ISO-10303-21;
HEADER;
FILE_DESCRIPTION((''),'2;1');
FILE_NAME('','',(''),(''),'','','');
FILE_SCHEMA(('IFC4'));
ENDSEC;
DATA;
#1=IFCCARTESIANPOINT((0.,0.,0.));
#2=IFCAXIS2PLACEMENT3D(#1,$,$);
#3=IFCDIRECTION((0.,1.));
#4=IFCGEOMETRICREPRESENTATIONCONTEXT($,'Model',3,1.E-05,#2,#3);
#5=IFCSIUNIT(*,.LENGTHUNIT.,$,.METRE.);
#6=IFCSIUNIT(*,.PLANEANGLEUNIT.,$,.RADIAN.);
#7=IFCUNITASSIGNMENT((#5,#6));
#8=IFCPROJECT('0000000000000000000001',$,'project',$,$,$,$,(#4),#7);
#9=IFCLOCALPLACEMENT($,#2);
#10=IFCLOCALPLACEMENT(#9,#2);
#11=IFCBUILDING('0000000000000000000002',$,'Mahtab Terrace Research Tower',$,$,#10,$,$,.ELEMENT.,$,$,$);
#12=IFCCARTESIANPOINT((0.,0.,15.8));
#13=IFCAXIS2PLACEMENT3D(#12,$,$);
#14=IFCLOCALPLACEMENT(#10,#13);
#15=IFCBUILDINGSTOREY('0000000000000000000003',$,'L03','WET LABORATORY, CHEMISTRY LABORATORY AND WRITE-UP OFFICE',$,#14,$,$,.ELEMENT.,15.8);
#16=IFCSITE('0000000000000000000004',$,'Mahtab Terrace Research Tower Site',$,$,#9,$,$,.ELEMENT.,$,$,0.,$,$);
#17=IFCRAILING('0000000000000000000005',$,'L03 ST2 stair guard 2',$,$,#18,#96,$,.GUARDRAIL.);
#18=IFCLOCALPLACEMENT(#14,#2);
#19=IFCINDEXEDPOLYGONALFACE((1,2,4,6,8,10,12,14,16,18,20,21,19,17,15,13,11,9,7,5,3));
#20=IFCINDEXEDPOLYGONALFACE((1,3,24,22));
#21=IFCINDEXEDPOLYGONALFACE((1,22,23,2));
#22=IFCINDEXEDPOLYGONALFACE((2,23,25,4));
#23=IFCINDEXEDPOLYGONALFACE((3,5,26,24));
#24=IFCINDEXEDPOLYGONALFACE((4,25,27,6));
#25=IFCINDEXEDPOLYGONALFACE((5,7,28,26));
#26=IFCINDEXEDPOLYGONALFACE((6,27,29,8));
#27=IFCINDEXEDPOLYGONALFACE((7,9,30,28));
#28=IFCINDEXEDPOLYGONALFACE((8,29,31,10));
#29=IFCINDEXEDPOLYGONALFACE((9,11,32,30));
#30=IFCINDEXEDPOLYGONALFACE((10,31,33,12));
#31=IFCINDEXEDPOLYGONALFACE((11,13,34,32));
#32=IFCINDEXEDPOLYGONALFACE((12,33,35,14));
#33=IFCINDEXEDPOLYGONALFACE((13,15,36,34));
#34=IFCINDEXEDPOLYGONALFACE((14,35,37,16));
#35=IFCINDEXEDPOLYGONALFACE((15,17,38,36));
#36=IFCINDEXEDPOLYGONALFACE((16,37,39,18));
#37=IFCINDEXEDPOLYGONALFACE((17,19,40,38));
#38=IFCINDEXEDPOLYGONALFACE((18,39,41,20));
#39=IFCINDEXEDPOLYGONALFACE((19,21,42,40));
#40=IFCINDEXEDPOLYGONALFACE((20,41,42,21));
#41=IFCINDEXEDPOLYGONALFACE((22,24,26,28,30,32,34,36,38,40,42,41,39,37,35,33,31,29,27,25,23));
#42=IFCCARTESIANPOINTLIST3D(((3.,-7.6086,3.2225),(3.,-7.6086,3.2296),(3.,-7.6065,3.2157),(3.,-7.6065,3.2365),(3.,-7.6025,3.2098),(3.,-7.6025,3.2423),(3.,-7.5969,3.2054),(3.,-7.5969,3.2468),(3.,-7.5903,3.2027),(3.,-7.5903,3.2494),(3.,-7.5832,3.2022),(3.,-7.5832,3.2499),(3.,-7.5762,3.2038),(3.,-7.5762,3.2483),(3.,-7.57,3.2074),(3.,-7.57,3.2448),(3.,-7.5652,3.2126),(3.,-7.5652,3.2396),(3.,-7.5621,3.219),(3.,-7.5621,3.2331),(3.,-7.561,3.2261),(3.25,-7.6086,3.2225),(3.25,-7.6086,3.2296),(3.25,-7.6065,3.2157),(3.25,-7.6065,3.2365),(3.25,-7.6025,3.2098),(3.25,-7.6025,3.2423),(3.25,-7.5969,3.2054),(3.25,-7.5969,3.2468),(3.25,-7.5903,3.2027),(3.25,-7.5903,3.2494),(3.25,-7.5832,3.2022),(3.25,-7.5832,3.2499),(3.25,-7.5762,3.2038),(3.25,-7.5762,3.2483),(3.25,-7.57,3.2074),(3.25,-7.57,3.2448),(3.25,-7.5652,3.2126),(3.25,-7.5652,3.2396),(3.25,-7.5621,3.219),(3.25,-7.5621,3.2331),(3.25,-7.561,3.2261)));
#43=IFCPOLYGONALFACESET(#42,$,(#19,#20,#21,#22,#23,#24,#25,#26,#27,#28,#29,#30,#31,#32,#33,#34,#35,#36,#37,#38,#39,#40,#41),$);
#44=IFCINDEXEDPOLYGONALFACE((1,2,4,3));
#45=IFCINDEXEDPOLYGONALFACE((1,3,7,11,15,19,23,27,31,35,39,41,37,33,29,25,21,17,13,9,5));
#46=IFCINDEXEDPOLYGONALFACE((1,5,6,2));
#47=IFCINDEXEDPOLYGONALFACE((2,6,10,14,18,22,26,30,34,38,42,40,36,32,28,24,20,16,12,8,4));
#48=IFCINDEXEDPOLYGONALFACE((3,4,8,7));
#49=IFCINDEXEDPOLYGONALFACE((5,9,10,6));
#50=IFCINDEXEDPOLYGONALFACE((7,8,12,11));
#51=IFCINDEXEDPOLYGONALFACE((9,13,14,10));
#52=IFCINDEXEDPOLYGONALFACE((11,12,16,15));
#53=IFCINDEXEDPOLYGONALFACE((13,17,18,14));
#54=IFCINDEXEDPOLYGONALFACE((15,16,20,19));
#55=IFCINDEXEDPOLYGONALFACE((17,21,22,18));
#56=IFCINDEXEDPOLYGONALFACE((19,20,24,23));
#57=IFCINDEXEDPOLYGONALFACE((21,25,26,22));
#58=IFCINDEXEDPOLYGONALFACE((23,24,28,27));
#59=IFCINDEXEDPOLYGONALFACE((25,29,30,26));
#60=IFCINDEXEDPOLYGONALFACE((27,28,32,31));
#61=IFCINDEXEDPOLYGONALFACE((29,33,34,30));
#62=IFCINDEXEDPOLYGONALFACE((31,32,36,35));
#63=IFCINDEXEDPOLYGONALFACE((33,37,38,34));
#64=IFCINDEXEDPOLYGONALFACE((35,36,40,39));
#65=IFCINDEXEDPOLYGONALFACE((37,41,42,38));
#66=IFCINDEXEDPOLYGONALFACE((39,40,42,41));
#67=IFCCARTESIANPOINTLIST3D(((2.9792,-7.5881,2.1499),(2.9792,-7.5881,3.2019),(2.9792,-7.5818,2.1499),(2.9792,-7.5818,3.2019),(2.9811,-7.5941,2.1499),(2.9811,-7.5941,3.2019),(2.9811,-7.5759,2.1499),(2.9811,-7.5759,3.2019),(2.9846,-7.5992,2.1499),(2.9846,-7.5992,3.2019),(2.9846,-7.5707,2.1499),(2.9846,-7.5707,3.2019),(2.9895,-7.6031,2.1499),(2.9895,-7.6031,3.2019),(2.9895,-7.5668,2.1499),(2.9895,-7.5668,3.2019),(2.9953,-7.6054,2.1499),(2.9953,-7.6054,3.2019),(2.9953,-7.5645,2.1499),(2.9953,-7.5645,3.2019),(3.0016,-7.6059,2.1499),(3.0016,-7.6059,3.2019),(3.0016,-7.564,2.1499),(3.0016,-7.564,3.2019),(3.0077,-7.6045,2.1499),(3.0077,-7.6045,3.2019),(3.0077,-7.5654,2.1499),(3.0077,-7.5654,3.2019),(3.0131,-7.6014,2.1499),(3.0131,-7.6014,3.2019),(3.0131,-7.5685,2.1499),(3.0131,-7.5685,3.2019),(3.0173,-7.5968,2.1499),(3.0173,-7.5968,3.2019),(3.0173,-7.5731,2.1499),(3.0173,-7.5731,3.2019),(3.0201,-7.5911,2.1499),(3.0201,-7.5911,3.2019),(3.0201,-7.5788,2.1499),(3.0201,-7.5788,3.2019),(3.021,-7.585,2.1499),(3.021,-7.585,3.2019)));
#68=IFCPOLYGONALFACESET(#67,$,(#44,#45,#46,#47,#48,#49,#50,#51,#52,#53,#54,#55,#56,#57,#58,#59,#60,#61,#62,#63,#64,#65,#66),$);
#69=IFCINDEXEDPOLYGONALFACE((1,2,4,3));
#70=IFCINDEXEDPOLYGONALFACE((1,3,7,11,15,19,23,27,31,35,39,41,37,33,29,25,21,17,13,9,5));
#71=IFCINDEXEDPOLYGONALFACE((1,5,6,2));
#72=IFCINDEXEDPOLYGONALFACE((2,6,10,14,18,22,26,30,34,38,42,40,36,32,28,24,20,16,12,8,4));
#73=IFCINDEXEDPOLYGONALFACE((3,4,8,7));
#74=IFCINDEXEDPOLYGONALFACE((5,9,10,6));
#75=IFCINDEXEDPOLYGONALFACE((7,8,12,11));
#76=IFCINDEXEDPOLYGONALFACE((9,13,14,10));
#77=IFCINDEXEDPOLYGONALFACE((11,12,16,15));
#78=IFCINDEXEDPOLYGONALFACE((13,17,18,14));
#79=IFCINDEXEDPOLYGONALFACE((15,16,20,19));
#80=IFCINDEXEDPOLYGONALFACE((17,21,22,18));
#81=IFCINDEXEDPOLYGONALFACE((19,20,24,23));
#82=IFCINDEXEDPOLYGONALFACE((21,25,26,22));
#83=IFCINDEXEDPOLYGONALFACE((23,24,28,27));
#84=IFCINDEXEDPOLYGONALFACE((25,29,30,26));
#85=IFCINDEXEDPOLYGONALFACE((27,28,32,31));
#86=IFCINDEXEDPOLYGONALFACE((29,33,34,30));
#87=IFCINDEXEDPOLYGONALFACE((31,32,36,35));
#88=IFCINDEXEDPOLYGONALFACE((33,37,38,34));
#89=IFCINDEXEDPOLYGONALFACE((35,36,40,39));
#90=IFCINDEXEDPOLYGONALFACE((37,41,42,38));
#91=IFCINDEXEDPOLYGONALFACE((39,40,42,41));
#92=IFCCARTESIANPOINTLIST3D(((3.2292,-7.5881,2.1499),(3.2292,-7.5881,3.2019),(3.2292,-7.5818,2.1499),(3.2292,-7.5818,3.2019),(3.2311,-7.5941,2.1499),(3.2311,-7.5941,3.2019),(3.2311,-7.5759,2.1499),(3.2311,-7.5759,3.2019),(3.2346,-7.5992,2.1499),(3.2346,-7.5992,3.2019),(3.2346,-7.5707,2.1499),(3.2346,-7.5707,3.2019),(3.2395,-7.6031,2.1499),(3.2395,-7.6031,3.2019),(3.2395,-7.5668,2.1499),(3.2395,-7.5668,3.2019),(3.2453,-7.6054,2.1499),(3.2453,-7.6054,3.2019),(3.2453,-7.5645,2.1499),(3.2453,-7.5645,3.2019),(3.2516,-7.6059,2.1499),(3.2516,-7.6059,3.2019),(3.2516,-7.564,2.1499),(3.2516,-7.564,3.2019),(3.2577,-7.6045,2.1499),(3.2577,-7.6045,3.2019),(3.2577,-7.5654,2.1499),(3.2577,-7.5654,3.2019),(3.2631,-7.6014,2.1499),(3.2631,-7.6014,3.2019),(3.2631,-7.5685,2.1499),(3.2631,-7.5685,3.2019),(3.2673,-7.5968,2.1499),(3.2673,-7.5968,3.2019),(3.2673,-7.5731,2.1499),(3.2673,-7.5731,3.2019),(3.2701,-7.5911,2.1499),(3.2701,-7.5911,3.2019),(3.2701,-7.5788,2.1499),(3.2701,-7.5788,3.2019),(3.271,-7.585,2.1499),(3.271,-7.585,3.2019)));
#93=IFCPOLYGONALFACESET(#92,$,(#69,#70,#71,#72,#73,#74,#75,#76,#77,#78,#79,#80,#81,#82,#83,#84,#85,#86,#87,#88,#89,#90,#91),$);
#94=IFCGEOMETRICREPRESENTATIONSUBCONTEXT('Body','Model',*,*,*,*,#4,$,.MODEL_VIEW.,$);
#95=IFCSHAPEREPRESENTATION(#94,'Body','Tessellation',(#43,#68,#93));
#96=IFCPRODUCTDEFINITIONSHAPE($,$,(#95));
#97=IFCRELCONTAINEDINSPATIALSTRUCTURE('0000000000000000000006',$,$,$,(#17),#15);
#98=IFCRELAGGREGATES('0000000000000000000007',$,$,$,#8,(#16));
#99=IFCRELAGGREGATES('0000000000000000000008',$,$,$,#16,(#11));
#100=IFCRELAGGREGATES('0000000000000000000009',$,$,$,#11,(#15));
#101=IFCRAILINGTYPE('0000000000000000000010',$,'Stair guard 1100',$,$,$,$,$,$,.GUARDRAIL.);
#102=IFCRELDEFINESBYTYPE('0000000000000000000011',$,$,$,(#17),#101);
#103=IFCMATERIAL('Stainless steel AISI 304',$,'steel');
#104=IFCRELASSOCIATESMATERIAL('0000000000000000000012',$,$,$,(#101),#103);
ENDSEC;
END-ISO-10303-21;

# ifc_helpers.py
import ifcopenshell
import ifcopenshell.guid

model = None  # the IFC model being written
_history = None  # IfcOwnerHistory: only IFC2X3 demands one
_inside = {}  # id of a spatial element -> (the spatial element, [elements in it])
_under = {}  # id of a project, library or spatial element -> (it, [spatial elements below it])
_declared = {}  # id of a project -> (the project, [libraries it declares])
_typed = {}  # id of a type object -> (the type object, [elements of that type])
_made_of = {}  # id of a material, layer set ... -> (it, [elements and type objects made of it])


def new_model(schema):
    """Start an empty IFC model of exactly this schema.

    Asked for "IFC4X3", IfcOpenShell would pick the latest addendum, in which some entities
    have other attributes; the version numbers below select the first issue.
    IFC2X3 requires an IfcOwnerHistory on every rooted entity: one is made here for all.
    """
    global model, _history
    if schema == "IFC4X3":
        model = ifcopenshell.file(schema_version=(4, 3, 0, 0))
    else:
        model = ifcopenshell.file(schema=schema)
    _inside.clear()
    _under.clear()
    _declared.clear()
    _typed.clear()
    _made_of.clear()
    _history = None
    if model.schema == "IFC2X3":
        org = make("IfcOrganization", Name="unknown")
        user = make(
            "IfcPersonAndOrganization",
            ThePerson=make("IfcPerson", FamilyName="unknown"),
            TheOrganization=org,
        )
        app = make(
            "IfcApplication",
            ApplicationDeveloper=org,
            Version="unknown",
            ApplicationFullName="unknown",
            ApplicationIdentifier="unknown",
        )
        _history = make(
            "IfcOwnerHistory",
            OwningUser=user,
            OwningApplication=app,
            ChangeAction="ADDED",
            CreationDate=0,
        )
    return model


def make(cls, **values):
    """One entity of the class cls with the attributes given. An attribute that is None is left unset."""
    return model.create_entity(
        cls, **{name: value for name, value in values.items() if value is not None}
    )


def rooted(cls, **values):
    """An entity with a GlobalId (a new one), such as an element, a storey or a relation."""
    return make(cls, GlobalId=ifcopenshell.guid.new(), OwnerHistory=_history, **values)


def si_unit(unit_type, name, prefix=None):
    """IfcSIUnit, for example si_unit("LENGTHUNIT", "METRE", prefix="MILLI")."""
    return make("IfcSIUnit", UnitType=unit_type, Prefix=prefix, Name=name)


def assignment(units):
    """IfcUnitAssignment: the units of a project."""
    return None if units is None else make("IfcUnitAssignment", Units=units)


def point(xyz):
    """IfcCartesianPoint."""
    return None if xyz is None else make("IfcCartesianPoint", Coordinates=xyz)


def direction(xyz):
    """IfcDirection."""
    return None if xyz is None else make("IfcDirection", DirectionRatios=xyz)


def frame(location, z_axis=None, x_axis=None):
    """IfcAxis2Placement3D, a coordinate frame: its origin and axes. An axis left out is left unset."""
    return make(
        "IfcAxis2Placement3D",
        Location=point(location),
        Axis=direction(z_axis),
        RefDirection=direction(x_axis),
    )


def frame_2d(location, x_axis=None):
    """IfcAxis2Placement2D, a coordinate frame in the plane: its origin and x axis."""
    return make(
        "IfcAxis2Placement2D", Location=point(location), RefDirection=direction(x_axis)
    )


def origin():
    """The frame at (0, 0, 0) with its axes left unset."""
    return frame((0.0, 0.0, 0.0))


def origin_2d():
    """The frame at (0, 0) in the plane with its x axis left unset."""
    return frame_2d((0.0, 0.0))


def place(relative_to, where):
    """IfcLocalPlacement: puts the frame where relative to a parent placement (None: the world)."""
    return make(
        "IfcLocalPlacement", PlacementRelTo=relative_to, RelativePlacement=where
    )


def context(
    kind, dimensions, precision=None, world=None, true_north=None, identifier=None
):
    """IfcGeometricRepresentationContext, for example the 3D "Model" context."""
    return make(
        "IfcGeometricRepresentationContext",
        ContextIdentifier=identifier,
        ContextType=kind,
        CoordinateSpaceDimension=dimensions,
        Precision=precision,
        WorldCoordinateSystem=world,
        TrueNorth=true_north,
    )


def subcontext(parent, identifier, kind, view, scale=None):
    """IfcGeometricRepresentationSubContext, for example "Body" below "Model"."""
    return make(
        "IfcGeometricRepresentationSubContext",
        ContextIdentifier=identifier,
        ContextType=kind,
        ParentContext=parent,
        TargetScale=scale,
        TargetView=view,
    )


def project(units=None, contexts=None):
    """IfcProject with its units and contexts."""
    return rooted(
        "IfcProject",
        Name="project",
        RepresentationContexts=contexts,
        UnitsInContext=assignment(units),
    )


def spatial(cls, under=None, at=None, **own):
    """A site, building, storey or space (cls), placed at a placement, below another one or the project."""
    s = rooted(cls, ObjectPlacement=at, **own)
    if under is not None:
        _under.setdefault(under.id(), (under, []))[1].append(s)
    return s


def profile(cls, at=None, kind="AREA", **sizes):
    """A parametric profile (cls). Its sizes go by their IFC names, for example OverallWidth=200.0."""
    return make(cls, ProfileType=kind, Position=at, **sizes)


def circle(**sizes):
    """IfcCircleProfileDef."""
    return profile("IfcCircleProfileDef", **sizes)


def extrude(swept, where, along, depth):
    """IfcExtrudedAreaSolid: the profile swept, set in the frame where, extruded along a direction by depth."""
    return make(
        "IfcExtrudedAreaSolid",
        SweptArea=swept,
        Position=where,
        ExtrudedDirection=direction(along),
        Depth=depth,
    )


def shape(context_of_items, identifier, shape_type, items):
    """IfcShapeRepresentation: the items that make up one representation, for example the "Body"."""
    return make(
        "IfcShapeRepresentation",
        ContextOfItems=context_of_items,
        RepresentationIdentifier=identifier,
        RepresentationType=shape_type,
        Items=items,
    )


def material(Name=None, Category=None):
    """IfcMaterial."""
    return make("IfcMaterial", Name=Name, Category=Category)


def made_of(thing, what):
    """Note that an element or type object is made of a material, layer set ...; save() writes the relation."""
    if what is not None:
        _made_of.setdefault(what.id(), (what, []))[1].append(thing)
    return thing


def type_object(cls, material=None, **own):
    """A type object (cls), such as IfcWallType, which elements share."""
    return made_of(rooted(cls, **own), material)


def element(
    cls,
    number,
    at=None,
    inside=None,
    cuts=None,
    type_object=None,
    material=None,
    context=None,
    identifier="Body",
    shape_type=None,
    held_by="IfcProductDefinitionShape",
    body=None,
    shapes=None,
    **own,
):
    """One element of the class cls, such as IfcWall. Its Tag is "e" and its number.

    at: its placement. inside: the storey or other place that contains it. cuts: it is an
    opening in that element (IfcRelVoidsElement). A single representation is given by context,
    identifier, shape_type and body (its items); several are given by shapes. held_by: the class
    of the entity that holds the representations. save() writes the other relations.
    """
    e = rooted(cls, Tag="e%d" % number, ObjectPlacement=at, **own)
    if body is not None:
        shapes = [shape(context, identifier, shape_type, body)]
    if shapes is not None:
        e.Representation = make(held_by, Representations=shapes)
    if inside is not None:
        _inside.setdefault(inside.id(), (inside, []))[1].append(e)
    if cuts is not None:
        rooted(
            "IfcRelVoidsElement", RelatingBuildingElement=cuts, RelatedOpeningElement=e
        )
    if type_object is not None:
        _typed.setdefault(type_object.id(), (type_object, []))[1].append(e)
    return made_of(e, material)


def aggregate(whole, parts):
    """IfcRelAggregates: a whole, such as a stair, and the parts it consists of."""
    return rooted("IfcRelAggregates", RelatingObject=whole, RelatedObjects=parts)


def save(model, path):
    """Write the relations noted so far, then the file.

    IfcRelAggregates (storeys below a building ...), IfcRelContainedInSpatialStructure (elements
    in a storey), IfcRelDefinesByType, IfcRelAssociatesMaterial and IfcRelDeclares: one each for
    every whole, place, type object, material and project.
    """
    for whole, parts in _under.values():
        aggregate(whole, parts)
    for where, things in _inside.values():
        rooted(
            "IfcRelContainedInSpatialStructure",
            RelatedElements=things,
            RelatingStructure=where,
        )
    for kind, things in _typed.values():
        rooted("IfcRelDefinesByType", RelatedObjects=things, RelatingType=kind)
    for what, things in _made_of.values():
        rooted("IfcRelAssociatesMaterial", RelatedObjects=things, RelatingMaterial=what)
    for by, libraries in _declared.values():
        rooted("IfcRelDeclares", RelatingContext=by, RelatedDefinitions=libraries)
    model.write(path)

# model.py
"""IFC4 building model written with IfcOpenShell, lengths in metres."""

from ifc_helpers import new_model, si_unit, direction, frame, origin, origin_2d, place, context, subcontext, project, spatial, circle, extrude, material, type_object, element, save


model = new_model("IFC4")

# Units and contexts
model_context = context("Model", 3, precision=1e-05, world=origin(), true_north=direction((0.0, 1.0)))
body_context = subcontext(model_context, "Body", "Model", "MODEL_VIEW")
ifc_project = project(units=[si_unit("LENGTHUNIT", "METRE"), si_unit("PLANEANGLEUNIT", "RADIAN")], contexts=[model_context])

# Site, building, storey
site_placement = place(None, origin())
site = spatial("IfcSite", under=ifc_project, at=site_placement, Name="Mahtab Terrace Research Tower Site", CompositionType="ELEMENT", RefElevation=0.0)
building_placement = place(site_placement, origin())
building = spatial("IfcBuilding", under=site, at=building_placement, Name="Mahtab Terrace Research Tower", CompositionType="ELEMENT")
storey_placement = place(building_placement, frame((0.0, 0.0, 15.8)))
storey = spatial("IfcBuildingStorey", under=building, at=storey_placement, Name="L03", Description="WET LABORATORY, CHEMISTRY LABORATORY AND WRITE-UP OFFICE", CompositionType="ELEMENT", Elevation=15.8)

# Railing
ifc_material_1 = material(Name="Stainless steel AISI 304", Category="steel")
railing_type_1 = type_object("IfcRailingType", Name="Stair guard 1100", PredefinedType="GUARDRAIL", material=ifc_material_1)
railing_1_placement = place(storey_placement, frame((3.0, -7.585, 2.1499)))
element("IfcRailing", 1, at=railing_1_placement, inside=storey, type_object=railing_type_1, Name="L03 ST2 stair guard 2", PredefinedType="GUARDRAIL", context=body_context, shape_type="SweptSolid", body=[
    extrude(circle(Radius=0.0239, at=origin_2d()), frame((0.0, 0.0, 1.0762), z_axis=(1.0, 0.0, 0.0), x_axis=(0.0, 1.0, 0.0)), (0.0, 0.0, 1.0), 0.25),
    extrude(circle(Radius=0.021, at=origin_2d()), origin(), (0.0, 0.0, 1.0), 1.052),
    extrude(circle(Radius=0.021, at=origin_2d()), frame((0.25, 0.0, 0.0)), (0.0, 0.0, 1.0), 1.052),
])

save(model, "model.ifc")
